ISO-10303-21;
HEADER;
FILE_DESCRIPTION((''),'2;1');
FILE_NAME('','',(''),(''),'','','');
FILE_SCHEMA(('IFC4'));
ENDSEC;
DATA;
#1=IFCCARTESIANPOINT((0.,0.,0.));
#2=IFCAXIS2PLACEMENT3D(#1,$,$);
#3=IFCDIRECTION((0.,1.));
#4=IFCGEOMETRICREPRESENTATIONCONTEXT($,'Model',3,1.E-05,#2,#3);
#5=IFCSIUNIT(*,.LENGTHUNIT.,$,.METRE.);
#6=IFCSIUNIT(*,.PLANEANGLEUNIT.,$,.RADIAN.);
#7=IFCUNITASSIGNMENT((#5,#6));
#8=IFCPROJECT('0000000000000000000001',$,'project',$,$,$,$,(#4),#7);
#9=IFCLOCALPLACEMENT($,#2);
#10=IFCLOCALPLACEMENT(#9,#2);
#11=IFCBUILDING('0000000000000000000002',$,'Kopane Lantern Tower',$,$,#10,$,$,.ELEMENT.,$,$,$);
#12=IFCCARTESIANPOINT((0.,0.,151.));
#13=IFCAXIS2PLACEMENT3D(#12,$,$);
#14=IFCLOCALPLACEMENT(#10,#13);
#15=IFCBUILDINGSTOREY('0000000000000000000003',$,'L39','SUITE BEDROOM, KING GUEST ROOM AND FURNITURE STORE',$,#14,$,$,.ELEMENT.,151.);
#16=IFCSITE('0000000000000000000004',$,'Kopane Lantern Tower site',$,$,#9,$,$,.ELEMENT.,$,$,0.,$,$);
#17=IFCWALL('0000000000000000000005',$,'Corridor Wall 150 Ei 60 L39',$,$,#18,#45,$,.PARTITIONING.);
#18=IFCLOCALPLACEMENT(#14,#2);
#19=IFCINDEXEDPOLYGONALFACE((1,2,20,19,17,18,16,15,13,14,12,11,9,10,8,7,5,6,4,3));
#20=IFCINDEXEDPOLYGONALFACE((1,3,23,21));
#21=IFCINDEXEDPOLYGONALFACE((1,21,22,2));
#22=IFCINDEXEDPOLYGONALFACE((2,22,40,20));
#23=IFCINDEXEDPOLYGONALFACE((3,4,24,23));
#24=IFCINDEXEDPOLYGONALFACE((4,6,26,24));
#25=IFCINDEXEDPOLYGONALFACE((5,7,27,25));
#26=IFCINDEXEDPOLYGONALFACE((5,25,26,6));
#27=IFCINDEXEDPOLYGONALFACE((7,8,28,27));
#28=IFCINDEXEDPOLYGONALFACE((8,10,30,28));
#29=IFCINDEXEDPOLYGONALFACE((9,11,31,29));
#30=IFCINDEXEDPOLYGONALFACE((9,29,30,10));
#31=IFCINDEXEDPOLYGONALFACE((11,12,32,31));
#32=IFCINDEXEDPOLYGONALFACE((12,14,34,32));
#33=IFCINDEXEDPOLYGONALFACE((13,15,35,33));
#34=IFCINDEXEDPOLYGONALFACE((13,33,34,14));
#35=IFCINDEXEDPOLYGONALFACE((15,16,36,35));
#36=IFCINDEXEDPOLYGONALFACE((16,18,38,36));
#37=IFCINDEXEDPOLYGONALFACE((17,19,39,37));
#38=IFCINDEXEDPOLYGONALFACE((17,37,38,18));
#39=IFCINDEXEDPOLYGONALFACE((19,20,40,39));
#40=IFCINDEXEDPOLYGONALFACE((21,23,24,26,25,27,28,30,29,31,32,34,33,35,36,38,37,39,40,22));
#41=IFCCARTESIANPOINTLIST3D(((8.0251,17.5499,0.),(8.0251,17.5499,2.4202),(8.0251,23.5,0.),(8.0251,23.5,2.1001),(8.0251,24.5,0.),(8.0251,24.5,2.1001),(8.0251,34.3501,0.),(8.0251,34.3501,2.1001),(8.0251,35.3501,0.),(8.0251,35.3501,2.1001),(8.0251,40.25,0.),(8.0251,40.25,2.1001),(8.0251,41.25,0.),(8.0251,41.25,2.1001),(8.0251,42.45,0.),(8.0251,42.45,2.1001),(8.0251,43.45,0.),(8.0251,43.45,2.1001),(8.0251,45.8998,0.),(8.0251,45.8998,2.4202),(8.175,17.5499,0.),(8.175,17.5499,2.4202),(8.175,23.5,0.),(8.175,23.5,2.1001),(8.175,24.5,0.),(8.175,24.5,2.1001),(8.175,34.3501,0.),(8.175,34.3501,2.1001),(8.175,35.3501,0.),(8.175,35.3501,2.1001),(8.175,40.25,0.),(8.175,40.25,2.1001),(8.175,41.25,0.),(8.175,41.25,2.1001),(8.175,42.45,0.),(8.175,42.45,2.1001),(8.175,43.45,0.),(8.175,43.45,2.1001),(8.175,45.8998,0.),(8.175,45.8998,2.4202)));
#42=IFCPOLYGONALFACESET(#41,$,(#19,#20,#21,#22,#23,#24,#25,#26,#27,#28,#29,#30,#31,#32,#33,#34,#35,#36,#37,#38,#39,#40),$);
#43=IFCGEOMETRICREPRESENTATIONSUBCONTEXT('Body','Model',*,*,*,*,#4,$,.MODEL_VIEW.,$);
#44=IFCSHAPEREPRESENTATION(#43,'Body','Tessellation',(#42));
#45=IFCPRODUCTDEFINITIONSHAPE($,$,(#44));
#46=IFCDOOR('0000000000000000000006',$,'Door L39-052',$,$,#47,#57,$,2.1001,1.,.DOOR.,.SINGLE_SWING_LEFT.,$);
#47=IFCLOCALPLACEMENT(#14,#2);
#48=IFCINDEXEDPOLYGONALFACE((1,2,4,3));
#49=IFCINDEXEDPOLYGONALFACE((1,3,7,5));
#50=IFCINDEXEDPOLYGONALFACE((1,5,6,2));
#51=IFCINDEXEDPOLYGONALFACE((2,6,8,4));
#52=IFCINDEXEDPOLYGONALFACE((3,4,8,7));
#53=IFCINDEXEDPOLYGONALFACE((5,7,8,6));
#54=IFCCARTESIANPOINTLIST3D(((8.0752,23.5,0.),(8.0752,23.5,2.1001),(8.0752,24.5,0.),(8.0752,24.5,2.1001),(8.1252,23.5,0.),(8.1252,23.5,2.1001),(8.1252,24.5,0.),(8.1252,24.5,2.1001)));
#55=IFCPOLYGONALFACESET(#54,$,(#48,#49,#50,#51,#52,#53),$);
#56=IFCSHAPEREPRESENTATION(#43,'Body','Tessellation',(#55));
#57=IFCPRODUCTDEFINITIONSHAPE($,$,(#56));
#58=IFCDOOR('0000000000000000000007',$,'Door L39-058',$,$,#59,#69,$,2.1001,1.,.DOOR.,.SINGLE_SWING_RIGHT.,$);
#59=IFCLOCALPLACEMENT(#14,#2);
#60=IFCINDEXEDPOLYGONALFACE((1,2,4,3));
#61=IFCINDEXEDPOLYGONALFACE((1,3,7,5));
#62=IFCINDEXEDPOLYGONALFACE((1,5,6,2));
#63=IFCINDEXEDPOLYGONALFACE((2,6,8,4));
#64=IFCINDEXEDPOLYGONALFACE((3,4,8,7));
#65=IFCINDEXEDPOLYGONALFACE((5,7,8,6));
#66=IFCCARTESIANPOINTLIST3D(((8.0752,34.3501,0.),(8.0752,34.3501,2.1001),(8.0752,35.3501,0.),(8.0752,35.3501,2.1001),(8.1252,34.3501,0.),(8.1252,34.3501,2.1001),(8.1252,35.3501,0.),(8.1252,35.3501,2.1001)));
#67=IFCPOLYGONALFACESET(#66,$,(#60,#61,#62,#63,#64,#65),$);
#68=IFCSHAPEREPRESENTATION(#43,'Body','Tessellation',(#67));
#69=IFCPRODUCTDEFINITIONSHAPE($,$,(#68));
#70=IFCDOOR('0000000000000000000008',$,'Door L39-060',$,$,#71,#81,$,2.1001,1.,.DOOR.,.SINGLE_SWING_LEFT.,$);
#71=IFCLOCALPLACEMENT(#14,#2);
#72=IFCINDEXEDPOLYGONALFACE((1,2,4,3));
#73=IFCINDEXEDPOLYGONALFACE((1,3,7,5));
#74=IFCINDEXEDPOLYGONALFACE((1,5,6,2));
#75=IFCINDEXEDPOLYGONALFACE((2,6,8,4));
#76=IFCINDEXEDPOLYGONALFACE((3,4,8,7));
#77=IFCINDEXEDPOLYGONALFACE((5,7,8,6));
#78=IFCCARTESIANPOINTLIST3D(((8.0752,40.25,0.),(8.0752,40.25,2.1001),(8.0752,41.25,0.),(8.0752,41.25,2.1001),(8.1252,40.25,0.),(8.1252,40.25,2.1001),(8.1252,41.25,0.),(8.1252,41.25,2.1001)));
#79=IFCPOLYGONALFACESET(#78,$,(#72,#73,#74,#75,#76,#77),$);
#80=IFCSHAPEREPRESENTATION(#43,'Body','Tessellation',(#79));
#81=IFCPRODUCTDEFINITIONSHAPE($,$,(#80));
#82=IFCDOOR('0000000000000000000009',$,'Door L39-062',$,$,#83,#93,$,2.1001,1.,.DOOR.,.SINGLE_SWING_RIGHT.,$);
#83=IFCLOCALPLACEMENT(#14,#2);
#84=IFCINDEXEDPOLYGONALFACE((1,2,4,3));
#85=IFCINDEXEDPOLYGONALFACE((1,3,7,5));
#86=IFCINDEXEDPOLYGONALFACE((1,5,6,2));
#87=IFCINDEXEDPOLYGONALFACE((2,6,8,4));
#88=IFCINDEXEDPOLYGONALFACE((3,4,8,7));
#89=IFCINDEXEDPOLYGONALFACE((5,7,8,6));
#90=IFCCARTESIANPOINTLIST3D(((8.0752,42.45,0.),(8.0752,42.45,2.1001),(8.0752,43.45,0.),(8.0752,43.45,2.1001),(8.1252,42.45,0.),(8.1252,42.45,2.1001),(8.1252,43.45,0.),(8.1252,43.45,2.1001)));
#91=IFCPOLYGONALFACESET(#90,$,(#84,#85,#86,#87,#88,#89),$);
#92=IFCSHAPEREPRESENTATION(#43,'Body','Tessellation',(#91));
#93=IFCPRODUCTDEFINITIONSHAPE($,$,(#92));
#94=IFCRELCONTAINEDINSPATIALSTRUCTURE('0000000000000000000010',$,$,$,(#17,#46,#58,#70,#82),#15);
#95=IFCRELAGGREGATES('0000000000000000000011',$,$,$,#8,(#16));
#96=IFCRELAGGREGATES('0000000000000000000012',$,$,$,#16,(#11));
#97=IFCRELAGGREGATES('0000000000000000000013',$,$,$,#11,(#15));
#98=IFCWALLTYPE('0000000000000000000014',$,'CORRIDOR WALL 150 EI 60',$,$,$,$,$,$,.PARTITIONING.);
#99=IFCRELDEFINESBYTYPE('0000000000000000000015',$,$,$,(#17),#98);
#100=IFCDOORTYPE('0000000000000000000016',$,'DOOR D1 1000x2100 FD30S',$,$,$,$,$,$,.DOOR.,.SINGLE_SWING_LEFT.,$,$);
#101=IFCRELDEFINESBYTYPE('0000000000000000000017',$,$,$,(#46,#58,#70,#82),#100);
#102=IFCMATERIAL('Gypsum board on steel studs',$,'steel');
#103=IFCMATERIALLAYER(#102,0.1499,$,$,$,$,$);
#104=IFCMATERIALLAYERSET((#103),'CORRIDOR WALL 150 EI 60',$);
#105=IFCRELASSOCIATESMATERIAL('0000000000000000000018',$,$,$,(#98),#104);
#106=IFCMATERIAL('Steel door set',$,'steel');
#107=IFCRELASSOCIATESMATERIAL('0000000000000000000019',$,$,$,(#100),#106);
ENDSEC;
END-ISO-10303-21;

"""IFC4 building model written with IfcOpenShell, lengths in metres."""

from ifc_helpers import new_model, si_unit, direction, frame, frame_2d, origin, place, context, subcontext, project, spatial, rectangle, extrude, material, layer, layer_set, type_object, element, fill, save


model = new_model("IFC4")

# Units and contexts
model_context = context("Model", 3, precision=1e-05, world=origin(), true_north=direction((0.0, 1.0)))
body_context = subcontext(model_context, "Body", "Model", "MODEL_VIEW")
ifc_project = project(units=[si_unit("LENGTHUNIT", "METRE"), si_unit("PLANEANGLEUNIT", "RADIAN")], contexts=[model_context])

# Site, building, storey
site_placement = place(None, origin())
site = spatial("IfcSite", under=ifc_project, at=site_placement, Name="Kopane Lantern Tower site", CompositionType="ELEMENT", RefElevation=0.0)
building_placement = place(site_placement, origin())
building = spatial("IfcBuilding", under=site, at=building_placement, Name="Kopane Lantern Tower", CompositionType="ELEMENT")
storey_placement = place(building_placement, frame((0.0, 0.0, 151.0)))
storey = spatial("IfcBuildingStorey", under=building, at=storey_placement, Name="L39", Description="SUITE BEDROOM, KING GUEST ROOM AND FURNITURE STORE", CompositionType="ELEMENT", Elevation=151.0)

# Wall, openings, doors
ifc_material_1 = material(Name="Gypsum board on steel studs", Category="steel")
ifc_layer_1 = layer(ifc_material_1, 0.1499)
ifc_layer_set_1 = layer_set([ifc_layer_1], Name="CORRIDOR WALL 150 EI 60")
wall_type_1 = type_object("IfcWallType", Name="CORRIDOR WALL 150 EI 60", PredefinedType="PARTITIONING", material=ifc_layer_set_1)
ifc_material_2 = material(Name="Steel door set", Category="steel")
door_type_1 = type_object("IfcDoorType", Name="DOOR D1 1000x2100 FD30S", OperationType="SINGLE_SWING_LEFT", PredefinedType="DOOR", material=ifc_material_2)
wall_1_placement = place(storey_placement, frame((8.1001, 17.55, 0.0), z_axis=(0.0, 0.0, 1.0), x_axis=(0.0, 1.0, 0.0)))
wall_1 = element("IfcWall", 1, at=wall_1_placement, inside=storey, type_object=wall_type_1, Name="Corridor Wall 150 Ei 60 L39", PredefinedType="PARTITIONING", context=body_context, shape_type="SweptSolid", body=[
    extrude(rectangle(XDim=28.3499, YDim=0.1499, at=frame_2d((14.1748, 0.0))), origin(), (0.0, 0.0, 1.0), 2.4202),
])
opening_1_placement = place(wall_1_placement, frame((5.95, 0.0, 0.0)))
opening_1 = element("IfcOpeningElement", 2, at=opening_1_placement, cuts=wall_1, PredefinedType="OPENING", context=body_context, shape_type="SweptSolid", body=[
    extrude(rectangle(XDim=1.0, YDim=2.1001, at=frame_2d((0.5, 1.05))), frame((0.0, 0.085, 0.0), z_axis=(0.0, -1.0, 0.0), x_axis=(1.0, 0.0, 0.0)), (0.0, 0.0, 1.0), 0.1699),
])
opening_2_placement = place(wall_1_placement, frame((16.8, 0.0, 0.0)))
opening_2 = element("IfcOpeningElement", 3, at=opening_2_placement, cuts=wall_1, PredefinedType="OPENING", context=body_context, shape_type="SweptSolid", body=[
    extrude(rectangle(XDim=1.0, YDim=2.1001, at=frame_2d((0.5, 1.05))), frame((0.0, 0.085, 0.0), z_axis=(0.0, -1.0, 0.0), x_axis=(1.0, 0.0, 0.0)), (0.0, 0.0, 1.0), 0.1699),
])
opening_3_placement = place(wall_1_placement, frame((22.7, 0.0, 0.0)))
opening_3 = element("IfcOpeningElement", 4, at=opening_3_placement, cuts=wall_1, PredefinedType="OPENING", context=body_context, shape_type="SweptSolid", body=[
    extrude(rectangle(XDim=1.0, YDim=2.1001, at=frame_2d((0.5, 1.05))), frame((0.0, 0.085, 0.0), z_axis=(0.0, -1.0, 0.0), x_axis=(1.0, 0.0, 0.0)), (0.0, 0.0, 1.0), 0.1699),
])
opening_4_placement = place(wall_1_placement, frame((24.8999, 0.0, 0.0)))
opening_4 = element("IfcOpeningElement", 5, at=opening_4_placement, cuts=wall_1, PredefinedType="OPENING", context=body_context, shape_type="SweptSolid", body=[
    extrude(rectangle(XDim=1.0, YDim=2.1001, at=frame_2d((0.5, 1.05))), frame((0.0, 0.085, 0.0), z_axis=(0.0, -1.0, 0.0), x_axis=(1.0, 0.0, 0.0)), (0.0, 0.0, 1.0), 0.1699),
])
door_1_placement = place(opening_1_placement, origin())
door_1 = element("IfcDoor", 6, at=door_1_placement, inside=storey, type_object=door_type_1, Name="Door L39-052", OperationType="SINGLE_SWING_LEFT", OverallHeight=2.1001, OverallWidth=1.0, PredefinedType="DOOR", context=body_context, shape_type="SweptSolid", body=[
    extrude(rectangle(XDim=1.0, YDim=2.1001, at=frame_2d((0.5, 1.05))), frame((0.0, 0.0249, 0.0), z_axis=(0.0, -1.0, 0.0), x_axis=(1.0, 0.0, 0.0)), (0.0, 0.0, 1.0), 0.05),
])
fill(opening_1, door_1)
door_2_placement = place(opening_2_placement, origin())
door_2 = element("IfcDoor", 7, at=door_2_placement, inside=storey, type_object=door_type_1, Name="Door L39-058", OperationType="SINGLE_SWING_RIGHT", OverallHeight=2.1001, OverallWidth=1.0, PredefinedType="DOOR", context=body_context, shape_type="SweptSolid", body=[
    extrude(rectangle(XDim=1.0, YDim=2.1001, at=frame_2d((0.5, 1.05))), frame((0.0, 0.0249, 0.0), z_axis=(0.0, -1.0, 0.0), x_axis=(1.0, 0.0, 0.0)), (0.0, 0.0, 1.0), 0.05),
])
fill(opening_2, door_2)
door_3_placement = place(opening_3_placement, origin())
door_3 = element("IfcDoor", 8, at=door_3_placement, inside=storey, type_object=door_type_1, Name="Door L39-060", OperationType="SINGLE_SWING_LEFT", OverallHeight=2.1001, OverallWidth=1.0, PredefinedType="DOOR", context=body_context, shape_type="SweptSolid", body=[
    extrude(rectangle(XDim=1.0, YDim=2.1001, at=frame_2d((0.5, 1.05))), frame((0.0, 0.0249, 0.0), z_axis=(0.0, -1.0, 0.0), x_axis=(1.0, 0.0, 0.0)), (0.0, 0.0, 1.0), 0.05),
])
fill(opening_3, door_3)
door_4_placement = place(opening_4_placement, origin())
door_4 = element("IfcDoor", 9, at=door_4_placement, inside=storey, type_object=door_type_1, Name="Door L39-062", OperationType="SINGLE_SWING_RIGHT", OverallHeight=2.1001, OverallWidth=1.0, PredefinedType="DOOR", context=body_context, shape_type="SweptSolid", body=[
    extrude(rectangle(XDim=1.0, YDim=2.1001, at=frame_2d((0.5, 1.05))), frame((0.0, 0.0249, 0.0), z_axis=(0.0, -1.0, 0.0), x_axis=(1.0, 0.0, 0.0)), (0.0, 0.0, 1.0), 0.05),
])
fill(opening_4, door_4)

save(model, "model.ifc")
